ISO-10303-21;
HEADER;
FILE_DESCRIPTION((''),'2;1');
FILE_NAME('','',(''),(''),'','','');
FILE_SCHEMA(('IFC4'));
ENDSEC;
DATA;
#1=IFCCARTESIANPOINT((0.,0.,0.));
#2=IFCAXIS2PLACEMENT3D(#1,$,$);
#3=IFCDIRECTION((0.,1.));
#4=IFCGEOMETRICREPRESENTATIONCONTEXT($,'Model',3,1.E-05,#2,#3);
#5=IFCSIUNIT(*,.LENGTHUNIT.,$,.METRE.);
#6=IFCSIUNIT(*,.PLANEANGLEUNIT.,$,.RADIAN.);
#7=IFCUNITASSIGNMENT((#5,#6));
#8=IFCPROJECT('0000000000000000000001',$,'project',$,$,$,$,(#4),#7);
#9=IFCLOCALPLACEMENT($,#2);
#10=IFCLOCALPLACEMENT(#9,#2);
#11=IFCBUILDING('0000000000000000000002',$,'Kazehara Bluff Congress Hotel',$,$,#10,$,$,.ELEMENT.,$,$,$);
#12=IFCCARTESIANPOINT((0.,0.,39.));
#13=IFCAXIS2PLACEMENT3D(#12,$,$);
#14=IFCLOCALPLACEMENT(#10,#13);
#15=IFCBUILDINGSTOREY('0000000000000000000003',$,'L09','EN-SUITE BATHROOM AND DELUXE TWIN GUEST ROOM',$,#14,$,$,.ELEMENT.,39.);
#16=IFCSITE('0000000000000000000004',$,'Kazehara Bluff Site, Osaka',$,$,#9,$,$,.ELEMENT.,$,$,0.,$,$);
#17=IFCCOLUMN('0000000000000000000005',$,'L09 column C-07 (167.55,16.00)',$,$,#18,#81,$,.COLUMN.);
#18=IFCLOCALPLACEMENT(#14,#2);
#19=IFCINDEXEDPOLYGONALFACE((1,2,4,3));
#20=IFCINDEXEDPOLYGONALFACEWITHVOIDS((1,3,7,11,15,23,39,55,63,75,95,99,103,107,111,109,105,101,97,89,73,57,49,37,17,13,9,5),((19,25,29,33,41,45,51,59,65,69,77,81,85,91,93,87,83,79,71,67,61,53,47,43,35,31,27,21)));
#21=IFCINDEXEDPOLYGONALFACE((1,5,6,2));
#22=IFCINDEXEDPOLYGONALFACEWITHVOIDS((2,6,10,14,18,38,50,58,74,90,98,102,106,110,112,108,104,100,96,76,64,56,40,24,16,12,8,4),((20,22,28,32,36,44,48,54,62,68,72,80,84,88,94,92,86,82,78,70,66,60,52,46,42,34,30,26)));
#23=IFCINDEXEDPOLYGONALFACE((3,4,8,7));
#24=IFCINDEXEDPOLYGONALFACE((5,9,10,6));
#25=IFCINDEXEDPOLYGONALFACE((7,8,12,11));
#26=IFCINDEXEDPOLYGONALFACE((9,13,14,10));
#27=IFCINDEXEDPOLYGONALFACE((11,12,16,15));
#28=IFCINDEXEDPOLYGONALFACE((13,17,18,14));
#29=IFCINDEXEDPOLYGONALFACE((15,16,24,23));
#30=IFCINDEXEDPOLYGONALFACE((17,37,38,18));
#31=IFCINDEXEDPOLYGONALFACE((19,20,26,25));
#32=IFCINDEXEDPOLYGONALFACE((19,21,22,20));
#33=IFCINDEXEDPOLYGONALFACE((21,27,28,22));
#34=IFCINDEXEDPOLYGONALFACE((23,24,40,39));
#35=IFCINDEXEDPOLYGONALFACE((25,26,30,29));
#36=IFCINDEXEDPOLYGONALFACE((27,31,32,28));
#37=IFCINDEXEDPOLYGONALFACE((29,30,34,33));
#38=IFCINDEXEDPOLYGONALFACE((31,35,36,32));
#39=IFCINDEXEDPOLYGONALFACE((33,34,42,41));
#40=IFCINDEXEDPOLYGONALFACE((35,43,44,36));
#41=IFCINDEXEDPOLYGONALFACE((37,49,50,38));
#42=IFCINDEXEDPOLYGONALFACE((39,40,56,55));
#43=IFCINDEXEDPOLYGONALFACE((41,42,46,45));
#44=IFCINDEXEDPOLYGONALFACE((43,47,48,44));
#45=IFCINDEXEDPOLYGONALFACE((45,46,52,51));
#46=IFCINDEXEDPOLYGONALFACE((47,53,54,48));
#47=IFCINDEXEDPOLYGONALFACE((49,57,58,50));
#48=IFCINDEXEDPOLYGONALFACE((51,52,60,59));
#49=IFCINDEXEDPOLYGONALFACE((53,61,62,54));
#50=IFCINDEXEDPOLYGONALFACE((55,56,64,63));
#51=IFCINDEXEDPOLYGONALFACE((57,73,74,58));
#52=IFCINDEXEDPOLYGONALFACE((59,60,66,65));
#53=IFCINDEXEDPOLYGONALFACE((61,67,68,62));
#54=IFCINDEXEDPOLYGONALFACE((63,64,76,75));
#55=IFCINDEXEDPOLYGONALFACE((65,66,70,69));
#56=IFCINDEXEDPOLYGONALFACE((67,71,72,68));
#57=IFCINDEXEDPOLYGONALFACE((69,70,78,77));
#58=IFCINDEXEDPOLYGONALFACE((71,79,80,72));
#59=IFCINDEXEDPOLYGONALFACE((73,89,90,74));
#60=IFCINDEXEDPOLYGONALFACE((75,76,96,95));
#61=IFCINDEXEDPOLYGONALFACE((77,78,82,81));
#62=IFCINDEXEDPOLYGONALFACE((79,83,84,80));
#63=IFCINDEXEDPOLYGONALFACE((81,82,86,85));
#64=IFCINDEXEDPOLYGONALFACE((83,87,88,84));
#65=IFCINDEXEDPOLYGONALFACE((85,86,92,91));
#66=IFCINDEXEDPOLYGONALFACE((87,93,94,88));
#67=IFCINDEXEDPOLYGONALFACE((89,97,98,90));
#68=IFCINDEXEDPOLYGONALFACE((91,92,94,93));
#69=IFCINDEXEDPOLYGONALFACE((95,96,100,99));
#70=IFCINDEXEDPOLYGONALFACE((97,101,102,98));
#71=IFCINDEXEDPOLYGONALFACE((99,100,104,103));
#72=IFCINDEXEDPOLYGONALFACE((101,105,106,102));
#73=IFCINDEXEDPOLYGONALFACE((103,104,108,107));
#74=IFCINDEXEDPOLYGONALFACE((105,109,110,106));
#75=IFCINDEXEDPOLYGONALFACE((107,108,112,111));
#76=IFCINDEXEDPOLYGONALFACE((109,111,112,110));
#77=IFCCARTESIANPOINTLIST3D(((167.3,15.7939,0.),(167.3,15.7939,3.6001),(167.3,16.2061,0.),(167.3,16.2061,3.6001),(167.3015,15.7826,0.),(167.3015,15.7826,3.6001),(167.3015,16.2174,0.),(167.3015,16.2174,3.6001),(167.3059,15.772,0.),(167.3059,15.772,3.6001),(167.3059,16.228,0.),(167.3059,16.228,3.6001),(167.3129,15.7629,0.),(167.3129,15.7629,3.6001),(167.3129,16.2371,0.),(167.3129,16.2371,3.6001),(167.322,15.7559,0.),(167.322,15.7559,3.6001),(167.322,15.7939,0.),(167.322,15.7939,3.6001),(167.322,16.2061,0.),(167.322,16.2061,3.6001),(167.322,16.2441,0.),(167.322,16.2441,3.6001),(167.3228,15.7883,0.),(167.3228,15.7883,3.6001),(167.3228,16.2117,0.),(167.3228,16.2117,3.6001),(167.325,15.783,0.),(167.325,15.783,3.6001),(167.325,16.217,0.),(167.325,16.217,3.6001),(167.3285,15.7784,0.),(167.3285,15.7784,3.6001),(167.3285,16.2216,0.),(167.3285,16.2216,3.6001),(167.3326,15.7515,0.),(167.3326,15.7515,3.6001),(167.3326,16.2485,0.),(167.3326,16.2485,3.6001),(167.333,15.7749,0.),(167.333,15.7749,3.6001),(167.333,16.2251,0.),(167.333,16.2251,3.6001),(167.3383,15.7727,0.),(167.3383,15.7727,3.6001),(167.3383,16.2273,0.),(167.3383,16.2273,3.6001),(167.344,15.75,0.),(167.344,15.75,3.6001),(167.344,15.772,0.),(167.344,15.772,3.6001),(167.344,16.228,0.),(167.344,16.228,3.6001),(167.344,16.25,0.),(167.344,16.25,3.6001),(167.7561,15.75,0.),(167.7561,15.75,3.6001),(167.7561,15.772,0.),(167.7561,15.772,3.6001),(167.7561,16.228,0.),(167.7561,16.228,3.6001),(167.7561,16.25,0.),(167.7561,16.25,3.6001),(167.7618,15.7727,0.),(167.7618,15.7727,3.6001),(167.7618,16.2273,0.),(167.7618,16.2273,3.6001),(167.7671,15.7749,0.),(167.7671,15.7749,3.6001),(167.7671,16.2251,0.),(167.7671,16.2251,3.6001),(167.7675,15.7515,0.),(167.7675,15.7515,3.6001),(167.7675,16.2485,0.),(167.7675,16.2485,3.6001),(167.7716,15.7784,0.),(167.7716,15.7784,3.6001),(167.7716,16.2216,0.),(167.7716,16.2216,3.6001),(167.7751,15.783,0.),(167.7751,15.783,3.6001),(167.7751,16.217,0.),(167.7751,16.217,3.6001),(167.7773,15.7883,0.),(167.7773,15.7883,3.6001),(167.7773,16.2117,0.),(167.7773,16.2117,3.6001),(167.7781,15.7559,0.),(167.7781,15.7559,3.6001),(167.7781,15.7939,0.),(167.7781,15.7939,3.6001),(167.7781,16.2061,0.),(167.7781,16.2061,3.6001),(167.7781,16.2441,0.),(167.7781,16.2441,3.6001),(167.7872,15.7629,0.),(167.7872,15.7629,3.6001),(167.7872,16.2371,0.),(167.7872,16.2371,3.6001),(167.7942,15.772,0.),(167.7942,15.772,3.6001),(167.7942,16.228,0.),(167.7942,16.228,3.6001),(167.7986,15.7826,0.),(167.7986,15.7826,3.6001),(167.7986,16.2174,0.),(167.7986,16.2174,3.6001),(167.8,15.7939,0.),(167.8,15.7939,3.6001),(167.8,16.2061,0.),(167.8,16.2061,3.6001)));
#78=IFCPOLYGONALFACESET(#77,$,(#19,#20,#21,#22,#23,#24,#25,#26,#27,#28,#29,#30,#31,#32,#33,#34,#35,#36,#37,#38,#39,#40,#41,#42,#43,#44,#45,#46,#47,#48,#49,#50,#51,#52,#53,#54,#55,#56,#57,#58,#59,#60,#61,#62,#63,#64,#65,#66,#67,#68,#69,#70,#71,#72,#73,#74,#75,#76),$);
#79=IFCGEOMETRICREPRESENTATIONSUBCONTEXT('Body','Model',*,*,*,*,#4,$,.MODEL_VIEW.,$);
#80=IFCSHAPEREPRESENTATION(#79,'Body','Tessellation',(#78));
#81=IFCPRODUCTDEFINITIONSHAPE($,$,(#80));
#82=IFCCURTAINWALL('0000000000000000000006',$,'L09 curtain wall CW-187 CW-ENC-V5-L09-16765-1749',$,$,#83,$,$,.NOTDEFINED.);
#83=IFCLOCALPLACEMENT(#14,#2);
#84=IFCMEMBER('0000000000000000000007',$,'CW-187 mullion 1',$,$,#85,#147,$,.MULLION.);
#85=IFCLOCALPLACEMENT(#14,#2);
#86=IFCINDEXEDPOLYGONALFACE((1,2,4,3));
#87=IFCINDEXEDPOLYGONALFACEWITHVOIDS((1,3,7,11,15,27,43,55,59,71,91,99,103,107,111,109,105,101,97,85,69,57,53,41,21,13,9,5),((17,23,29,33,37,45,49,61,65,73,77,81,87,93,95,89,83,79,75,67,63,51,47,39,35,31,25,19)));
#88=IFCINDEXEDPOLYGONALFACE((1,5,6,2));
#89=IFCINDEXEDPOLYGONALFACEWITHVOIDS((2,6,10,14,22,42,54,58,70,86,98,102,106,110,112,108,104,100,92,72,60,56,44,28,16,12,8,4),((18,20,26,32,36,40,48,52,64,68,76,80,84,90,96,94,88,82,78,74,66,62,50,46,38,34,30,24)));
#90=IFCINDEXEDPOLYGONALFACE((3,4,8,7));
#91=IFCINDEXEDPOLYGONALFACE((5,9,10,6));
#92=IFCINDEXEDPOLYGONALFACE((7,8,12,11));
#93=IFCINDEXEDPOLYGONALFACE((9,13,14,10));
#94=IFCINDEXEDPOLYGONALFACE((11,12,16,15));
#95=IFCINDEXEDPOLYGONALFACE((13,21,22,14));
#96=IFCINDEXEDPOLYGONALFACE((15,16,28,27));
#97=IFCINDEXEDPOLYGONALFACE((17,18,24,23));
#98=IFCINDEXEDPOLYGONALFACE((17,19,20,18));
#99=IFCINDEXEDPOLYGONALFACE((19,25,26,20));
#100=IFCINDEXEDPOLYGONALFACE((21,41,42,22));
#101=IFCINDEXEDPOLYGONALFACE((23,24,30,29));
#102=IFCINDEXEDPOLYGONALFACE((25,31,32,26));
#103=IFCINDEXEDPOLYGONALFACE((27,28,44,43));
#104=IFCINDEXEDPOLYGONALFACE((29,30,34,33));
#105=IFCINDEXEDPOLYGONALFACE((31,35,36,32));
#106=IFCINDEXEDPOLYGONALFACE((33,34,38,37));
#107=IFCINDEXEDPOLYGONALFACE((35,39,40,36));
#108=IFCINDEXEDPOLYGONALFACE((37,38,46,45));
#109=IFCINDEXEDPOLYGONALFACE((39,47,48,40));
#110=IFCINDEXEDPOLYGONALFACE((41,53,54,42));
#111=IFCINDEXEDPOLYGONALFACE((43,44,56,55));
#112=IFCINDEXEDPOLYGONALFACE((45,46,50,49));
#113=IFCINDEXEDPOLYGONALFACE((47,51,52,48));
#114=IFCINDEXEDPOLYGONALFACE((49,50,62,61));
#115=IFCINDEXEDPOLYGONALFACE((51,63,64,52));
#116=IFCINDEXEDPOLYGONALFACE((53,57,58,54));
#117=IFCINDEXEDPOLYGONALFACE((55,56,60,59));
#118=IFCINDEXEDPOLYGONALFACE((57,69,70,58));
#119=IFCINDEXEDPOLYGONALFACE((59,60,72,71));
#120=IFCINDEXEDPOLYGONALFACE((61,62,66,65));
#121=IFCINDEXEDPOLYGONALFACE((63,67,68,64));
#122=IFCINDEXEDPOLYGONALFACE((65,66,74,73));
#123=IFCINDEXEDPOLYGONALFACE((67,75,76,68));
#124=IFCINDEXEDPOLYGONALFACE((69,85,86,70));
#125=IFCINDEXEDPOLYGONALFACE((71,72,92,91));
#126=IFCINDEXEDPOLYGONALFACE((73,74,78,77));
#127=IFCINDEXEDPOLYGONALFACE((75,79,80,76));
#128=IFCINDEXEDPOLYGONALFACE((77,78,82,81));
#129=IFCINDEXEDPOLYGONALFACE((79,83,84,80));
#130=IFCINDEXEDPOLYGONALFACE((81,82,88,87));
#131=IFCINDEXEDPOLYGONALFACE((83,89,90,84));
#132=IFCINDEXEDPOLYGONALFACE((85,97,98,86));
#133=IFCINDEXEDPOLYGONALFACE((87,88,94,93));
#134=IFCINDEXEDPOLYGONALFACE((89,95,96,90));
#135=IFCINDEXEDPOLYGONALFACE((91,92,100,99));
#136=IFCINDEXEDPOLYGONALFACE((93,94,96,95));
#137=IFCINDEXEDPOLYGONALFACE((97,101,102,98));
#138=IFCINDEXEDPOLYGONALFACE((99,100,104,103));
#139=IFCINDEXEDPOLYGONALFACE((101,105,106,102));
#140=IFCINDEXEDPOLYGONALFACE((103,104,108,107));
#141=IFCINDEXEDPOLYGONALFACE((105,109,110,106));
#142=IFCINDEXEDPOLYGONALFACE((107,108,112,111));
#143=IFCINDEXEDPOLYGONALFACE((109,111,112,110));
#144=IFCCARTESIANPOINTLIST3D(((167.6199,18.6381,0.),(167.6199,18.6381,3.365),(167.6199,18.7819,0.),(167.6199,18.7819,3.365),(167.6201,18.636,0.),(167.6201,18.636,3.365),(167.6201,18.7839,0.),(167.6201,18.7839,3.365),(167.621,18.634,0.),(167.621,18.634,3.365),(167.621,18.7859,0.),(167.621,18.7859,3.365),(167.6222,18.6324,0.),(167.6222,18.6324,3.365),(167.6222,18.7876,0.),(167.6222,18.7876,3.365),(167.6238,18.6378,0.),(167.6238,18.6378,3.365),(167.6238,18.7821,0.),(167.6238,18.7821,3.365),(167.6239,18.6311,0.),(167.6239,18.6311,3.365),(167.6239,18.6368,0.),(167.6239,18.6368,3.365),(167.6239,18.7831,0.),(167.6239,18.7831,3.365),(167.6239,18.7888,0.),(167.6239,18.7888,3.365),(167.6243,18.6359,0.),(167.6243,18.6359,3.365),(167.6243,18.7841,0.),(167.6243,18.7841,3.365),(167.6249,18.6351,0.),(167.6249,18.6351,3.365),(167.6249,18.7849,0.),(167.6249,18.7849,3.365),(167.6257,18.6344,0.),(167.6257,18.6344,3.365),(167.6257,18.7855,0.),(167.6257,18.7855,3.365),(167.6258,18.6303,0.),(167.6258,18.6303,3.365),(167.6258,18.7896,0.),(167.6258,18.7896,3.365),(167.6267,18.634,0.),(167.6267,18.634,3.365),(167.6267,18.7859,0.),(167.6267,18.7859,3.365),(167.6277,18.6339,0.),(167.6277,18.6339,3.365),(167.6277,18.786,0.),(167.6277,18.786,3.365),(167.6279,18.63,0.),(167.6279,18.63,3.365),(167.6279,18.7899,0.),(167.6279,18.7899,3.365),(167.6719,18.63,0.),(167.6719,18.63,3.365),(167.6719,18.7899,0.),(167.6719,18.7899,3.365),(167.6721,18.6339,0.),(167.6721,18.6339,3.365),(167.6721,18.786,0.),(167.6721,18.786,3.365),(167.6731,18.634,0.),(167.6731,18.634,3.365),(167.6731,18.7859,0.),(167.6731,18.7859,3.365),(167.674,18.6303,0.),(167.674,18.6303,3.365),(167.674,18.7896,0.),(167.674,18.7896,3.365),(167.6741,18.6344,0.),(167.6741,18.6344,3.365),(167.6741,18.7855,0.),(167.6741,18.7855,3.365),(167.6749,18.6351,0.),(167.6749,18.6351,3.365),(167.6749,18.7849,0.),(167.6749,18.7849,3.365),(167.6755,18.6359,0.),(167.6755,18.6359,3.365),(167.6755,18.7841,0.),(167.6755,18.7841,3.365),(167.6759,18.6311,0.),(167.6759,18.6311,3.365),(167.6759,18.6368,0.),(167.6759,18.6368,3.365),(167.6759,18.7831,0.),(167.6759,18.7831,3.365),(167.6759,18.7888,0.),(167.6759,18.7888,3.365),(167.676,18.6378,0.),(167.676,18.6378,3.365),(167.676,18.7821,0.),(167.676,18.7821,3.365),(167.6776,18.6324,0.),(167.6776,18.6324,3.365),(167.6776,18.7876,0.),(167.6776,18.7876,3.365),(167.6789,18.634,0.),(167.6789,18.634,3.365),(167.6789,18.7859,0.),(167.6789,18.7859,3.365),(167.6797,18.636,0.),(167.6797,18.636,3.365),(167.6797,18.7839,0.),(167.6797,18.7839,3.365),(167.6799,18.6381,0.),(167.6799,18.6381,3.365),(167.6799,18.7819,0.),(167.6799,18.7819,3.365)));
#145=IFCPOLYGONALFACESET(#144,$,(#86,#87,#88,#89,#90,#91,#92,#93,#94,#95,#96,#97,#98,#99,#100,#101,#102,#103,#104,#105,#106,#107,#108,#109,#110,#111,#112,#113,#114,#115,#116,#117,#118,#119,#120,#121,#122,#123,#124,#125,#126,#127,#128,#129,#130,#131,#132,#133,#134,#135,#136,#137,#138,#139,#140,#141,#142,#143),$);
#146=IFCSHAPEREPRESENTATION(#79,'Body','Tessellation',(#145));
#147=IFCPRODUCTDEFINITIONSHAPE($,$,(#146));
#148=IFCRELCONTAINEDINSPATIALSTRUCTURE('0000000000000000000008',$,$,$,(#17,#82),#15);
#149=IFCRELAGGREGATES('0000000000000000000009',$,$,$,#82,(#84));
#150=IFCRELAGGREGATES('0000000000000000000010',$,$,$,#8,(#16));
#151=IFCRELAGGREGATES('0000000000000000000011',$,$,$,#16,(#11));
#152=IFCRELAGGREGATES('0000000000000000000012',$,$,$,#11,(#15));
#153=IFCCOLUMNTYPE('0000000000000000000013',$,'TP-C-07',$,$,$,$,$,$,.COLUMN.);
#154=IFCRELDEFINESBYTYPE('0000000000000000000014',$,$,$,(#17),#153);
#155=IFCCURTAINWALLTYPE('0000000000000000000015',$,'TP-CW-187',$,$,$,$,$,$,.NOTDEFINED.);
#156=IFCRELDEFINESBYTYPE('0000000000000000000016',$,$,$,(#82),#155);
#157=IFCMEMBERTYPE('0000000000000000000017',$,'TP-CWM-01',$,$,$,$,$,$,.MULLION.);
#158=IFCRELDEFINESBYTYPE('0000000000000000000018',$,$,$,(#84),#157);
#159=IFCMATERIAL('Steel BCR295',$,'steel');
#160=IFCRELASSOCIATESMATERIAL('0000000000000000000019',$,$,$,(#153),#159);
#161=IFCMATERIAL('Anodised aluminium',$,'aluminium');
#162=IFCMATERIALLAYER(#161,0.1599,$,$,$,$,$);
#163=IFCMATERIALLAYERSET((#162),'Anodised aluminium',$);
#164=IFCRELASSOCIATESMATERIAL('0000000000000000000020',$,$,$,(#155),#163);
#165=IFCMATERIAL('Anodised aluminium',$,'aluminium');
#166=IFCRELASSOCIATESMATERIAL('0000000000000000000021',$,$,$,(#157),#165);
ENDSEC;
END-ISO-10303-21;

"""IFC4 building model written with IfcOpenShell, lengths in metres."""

from ifc_helpers import new_model, si_unit, direction, frame, origin, origin_2d, place, context, subcontext, project, spatial, hollow_rectangle, extrude, material, layer, layer_set, material_profile, profile_set, type_object, element, aggregate, save


model = new_model("IFC4")

# Units and contexts
model_context = context("Model", 3, precision=1e-05, world=origin(), true_north=direction((0.0, 1.0)))
body_context = subcontext(model_context, "Body", "Model", "MODEL_VIEW")
ifc_project = project(units=[si_unit("LENGTHUNIT", "METRE"), si_unit("PLANEANGLEUNIT", "RADIAN")], contexts=[model_context])

# Site, building, storey
site_placement = place(None, origin())
site = spatial("IfcSite", under=ifc_project, at=site_placement, Name="Kazehara Bluff Site, Osaka", CompositionType="ELEMENT", RefElevation=0.0)
building_placement = place(site_placement, origin())
building = spatial("IfcBuilding", under=site, at=building_placement, Name="Kazehara Bluff Congress Hotel", CompositionType="ELEMENT")
storey_placement = place(building_placement, frame((0.0, 0.0, 39.0)))
storey = spatial("IfcBuildingStorey", under=building, at=storey_placement, Name="L09", Description="EN-SUITE BATHROOM AND DELUXE TWIN GUEST ROOM", CompositionType="ELEMENT", Elevation=39.0)

# Column
ifc_material_1 = material(Name="Steel BCR295", Category="steel")
ifc_material_profile_1 = material_profile(ifc_material_1, hollow_rectangle(XDim=0.5, YDim=0.5, WallThickness=0.022, InnerFilletRadius=0.022, OuterFilletRadius=0.0439, at=origin_2d()))
ifc_profile_set_1 = profile_set([ifc_material_profile_1], Name="Steel BCR295")
column_type = type_object("IfcColumnType", Name="TP-C-07", PredefinedType="COLUMN", material=ifc_profile_set_1)
column_placement = place(storey_placement, frame((167.55, 16.0, 0.0), z_axis=(0.0, 0.0, 1.0), x_axis=(1.0, 0.0, 0.0)))
element("IfcColumn", 1, at=column_placement, inside=storey, type_object=column_type, Name="L09 column C-07 (167.55,16.00)", PredefinedType="COLUMN", context=body_context, shape_type="SweptSolid", body=[
    extrude(hollow_rectangle(XDim=0.5, YDim=0.5, WallThickness=0.022, InnerFilletRadius=0.022, OuterFilletRadius=0.0439, at=origin_2d()), origin(), (0.0, 0.0, 1.0), 3.6001),
])

# Curtain wall, member
ifc_material_2 = material(Name="Anodised aluminium", Category="aluminium")
ifc_layer_1 = layer(ifc_material_2, 0.1599)
ifc_layer_set_1 = layer_set([ifc_layer_1], Name="Anodised aluminium")
curtain_wall_type = type_object("IfcCurtainWallType", Name="TP-CW-187", PredefinedType="NOTDEFINED", material=ifc_layer_set_1)
curtain_wall_placement = place(storey_placement, origin())
curtain_wall = element("IfcCurtainWall", 2, at=curtain_wall_placement, inside=storey, type_object=curtain_wall_type, Name="L09 curtain wall CW-187 CW-ENC-V5-L09-16765-1749", PredefinedType="NOTDEFINED")
ifc_material_3 = material(Name="Anodised aluminium", Category="aluminium")
ifc_material_profile_2 = material_profile(ifc_material_3, hollow_rectangle(XDim=0.0601, YDim=0.1599, WallThickness=0.0039, InnerFilletRadius=0.0039, OuterFilletRadius=0.0081, at=origin_2d()))
ifc_profile_set_2 = profile_set([ifc_material_profile_2], Name="Anodised aluminium")
member_type_1 = type_object("IfcMemberType", Name="TP-CWM-01", PredefinedType="MULLION", material=ifc_profile_set_2)
member_1_placement = place(storey_placement, frame((167.6499, 18.71, 0.0), z_axis=(0.0, 0.0, 1.0), x_axis=(1.0, 0.0, 0.0)))
member_1 = element("IfcMember", 3, at=member_1_placement, type_object=member_type_1, Name="CW-187 mullion 1", PredefinedType="MULLION", context=body_context, shape_type="SweptSolid", body=[
    extrude(hollow_rectangle(XDim=0.0601, YDim=0.1599, WallThickness=0.0039, InnerFilletRadius=0.0039, OuterFilletRadius=0.0081, at=origin_2d()), origin(), (0.0, 0.0, 1.0), 3.365),
])

aggregate(curtain_wall, [member_1])

save(model, "model.ifc")
